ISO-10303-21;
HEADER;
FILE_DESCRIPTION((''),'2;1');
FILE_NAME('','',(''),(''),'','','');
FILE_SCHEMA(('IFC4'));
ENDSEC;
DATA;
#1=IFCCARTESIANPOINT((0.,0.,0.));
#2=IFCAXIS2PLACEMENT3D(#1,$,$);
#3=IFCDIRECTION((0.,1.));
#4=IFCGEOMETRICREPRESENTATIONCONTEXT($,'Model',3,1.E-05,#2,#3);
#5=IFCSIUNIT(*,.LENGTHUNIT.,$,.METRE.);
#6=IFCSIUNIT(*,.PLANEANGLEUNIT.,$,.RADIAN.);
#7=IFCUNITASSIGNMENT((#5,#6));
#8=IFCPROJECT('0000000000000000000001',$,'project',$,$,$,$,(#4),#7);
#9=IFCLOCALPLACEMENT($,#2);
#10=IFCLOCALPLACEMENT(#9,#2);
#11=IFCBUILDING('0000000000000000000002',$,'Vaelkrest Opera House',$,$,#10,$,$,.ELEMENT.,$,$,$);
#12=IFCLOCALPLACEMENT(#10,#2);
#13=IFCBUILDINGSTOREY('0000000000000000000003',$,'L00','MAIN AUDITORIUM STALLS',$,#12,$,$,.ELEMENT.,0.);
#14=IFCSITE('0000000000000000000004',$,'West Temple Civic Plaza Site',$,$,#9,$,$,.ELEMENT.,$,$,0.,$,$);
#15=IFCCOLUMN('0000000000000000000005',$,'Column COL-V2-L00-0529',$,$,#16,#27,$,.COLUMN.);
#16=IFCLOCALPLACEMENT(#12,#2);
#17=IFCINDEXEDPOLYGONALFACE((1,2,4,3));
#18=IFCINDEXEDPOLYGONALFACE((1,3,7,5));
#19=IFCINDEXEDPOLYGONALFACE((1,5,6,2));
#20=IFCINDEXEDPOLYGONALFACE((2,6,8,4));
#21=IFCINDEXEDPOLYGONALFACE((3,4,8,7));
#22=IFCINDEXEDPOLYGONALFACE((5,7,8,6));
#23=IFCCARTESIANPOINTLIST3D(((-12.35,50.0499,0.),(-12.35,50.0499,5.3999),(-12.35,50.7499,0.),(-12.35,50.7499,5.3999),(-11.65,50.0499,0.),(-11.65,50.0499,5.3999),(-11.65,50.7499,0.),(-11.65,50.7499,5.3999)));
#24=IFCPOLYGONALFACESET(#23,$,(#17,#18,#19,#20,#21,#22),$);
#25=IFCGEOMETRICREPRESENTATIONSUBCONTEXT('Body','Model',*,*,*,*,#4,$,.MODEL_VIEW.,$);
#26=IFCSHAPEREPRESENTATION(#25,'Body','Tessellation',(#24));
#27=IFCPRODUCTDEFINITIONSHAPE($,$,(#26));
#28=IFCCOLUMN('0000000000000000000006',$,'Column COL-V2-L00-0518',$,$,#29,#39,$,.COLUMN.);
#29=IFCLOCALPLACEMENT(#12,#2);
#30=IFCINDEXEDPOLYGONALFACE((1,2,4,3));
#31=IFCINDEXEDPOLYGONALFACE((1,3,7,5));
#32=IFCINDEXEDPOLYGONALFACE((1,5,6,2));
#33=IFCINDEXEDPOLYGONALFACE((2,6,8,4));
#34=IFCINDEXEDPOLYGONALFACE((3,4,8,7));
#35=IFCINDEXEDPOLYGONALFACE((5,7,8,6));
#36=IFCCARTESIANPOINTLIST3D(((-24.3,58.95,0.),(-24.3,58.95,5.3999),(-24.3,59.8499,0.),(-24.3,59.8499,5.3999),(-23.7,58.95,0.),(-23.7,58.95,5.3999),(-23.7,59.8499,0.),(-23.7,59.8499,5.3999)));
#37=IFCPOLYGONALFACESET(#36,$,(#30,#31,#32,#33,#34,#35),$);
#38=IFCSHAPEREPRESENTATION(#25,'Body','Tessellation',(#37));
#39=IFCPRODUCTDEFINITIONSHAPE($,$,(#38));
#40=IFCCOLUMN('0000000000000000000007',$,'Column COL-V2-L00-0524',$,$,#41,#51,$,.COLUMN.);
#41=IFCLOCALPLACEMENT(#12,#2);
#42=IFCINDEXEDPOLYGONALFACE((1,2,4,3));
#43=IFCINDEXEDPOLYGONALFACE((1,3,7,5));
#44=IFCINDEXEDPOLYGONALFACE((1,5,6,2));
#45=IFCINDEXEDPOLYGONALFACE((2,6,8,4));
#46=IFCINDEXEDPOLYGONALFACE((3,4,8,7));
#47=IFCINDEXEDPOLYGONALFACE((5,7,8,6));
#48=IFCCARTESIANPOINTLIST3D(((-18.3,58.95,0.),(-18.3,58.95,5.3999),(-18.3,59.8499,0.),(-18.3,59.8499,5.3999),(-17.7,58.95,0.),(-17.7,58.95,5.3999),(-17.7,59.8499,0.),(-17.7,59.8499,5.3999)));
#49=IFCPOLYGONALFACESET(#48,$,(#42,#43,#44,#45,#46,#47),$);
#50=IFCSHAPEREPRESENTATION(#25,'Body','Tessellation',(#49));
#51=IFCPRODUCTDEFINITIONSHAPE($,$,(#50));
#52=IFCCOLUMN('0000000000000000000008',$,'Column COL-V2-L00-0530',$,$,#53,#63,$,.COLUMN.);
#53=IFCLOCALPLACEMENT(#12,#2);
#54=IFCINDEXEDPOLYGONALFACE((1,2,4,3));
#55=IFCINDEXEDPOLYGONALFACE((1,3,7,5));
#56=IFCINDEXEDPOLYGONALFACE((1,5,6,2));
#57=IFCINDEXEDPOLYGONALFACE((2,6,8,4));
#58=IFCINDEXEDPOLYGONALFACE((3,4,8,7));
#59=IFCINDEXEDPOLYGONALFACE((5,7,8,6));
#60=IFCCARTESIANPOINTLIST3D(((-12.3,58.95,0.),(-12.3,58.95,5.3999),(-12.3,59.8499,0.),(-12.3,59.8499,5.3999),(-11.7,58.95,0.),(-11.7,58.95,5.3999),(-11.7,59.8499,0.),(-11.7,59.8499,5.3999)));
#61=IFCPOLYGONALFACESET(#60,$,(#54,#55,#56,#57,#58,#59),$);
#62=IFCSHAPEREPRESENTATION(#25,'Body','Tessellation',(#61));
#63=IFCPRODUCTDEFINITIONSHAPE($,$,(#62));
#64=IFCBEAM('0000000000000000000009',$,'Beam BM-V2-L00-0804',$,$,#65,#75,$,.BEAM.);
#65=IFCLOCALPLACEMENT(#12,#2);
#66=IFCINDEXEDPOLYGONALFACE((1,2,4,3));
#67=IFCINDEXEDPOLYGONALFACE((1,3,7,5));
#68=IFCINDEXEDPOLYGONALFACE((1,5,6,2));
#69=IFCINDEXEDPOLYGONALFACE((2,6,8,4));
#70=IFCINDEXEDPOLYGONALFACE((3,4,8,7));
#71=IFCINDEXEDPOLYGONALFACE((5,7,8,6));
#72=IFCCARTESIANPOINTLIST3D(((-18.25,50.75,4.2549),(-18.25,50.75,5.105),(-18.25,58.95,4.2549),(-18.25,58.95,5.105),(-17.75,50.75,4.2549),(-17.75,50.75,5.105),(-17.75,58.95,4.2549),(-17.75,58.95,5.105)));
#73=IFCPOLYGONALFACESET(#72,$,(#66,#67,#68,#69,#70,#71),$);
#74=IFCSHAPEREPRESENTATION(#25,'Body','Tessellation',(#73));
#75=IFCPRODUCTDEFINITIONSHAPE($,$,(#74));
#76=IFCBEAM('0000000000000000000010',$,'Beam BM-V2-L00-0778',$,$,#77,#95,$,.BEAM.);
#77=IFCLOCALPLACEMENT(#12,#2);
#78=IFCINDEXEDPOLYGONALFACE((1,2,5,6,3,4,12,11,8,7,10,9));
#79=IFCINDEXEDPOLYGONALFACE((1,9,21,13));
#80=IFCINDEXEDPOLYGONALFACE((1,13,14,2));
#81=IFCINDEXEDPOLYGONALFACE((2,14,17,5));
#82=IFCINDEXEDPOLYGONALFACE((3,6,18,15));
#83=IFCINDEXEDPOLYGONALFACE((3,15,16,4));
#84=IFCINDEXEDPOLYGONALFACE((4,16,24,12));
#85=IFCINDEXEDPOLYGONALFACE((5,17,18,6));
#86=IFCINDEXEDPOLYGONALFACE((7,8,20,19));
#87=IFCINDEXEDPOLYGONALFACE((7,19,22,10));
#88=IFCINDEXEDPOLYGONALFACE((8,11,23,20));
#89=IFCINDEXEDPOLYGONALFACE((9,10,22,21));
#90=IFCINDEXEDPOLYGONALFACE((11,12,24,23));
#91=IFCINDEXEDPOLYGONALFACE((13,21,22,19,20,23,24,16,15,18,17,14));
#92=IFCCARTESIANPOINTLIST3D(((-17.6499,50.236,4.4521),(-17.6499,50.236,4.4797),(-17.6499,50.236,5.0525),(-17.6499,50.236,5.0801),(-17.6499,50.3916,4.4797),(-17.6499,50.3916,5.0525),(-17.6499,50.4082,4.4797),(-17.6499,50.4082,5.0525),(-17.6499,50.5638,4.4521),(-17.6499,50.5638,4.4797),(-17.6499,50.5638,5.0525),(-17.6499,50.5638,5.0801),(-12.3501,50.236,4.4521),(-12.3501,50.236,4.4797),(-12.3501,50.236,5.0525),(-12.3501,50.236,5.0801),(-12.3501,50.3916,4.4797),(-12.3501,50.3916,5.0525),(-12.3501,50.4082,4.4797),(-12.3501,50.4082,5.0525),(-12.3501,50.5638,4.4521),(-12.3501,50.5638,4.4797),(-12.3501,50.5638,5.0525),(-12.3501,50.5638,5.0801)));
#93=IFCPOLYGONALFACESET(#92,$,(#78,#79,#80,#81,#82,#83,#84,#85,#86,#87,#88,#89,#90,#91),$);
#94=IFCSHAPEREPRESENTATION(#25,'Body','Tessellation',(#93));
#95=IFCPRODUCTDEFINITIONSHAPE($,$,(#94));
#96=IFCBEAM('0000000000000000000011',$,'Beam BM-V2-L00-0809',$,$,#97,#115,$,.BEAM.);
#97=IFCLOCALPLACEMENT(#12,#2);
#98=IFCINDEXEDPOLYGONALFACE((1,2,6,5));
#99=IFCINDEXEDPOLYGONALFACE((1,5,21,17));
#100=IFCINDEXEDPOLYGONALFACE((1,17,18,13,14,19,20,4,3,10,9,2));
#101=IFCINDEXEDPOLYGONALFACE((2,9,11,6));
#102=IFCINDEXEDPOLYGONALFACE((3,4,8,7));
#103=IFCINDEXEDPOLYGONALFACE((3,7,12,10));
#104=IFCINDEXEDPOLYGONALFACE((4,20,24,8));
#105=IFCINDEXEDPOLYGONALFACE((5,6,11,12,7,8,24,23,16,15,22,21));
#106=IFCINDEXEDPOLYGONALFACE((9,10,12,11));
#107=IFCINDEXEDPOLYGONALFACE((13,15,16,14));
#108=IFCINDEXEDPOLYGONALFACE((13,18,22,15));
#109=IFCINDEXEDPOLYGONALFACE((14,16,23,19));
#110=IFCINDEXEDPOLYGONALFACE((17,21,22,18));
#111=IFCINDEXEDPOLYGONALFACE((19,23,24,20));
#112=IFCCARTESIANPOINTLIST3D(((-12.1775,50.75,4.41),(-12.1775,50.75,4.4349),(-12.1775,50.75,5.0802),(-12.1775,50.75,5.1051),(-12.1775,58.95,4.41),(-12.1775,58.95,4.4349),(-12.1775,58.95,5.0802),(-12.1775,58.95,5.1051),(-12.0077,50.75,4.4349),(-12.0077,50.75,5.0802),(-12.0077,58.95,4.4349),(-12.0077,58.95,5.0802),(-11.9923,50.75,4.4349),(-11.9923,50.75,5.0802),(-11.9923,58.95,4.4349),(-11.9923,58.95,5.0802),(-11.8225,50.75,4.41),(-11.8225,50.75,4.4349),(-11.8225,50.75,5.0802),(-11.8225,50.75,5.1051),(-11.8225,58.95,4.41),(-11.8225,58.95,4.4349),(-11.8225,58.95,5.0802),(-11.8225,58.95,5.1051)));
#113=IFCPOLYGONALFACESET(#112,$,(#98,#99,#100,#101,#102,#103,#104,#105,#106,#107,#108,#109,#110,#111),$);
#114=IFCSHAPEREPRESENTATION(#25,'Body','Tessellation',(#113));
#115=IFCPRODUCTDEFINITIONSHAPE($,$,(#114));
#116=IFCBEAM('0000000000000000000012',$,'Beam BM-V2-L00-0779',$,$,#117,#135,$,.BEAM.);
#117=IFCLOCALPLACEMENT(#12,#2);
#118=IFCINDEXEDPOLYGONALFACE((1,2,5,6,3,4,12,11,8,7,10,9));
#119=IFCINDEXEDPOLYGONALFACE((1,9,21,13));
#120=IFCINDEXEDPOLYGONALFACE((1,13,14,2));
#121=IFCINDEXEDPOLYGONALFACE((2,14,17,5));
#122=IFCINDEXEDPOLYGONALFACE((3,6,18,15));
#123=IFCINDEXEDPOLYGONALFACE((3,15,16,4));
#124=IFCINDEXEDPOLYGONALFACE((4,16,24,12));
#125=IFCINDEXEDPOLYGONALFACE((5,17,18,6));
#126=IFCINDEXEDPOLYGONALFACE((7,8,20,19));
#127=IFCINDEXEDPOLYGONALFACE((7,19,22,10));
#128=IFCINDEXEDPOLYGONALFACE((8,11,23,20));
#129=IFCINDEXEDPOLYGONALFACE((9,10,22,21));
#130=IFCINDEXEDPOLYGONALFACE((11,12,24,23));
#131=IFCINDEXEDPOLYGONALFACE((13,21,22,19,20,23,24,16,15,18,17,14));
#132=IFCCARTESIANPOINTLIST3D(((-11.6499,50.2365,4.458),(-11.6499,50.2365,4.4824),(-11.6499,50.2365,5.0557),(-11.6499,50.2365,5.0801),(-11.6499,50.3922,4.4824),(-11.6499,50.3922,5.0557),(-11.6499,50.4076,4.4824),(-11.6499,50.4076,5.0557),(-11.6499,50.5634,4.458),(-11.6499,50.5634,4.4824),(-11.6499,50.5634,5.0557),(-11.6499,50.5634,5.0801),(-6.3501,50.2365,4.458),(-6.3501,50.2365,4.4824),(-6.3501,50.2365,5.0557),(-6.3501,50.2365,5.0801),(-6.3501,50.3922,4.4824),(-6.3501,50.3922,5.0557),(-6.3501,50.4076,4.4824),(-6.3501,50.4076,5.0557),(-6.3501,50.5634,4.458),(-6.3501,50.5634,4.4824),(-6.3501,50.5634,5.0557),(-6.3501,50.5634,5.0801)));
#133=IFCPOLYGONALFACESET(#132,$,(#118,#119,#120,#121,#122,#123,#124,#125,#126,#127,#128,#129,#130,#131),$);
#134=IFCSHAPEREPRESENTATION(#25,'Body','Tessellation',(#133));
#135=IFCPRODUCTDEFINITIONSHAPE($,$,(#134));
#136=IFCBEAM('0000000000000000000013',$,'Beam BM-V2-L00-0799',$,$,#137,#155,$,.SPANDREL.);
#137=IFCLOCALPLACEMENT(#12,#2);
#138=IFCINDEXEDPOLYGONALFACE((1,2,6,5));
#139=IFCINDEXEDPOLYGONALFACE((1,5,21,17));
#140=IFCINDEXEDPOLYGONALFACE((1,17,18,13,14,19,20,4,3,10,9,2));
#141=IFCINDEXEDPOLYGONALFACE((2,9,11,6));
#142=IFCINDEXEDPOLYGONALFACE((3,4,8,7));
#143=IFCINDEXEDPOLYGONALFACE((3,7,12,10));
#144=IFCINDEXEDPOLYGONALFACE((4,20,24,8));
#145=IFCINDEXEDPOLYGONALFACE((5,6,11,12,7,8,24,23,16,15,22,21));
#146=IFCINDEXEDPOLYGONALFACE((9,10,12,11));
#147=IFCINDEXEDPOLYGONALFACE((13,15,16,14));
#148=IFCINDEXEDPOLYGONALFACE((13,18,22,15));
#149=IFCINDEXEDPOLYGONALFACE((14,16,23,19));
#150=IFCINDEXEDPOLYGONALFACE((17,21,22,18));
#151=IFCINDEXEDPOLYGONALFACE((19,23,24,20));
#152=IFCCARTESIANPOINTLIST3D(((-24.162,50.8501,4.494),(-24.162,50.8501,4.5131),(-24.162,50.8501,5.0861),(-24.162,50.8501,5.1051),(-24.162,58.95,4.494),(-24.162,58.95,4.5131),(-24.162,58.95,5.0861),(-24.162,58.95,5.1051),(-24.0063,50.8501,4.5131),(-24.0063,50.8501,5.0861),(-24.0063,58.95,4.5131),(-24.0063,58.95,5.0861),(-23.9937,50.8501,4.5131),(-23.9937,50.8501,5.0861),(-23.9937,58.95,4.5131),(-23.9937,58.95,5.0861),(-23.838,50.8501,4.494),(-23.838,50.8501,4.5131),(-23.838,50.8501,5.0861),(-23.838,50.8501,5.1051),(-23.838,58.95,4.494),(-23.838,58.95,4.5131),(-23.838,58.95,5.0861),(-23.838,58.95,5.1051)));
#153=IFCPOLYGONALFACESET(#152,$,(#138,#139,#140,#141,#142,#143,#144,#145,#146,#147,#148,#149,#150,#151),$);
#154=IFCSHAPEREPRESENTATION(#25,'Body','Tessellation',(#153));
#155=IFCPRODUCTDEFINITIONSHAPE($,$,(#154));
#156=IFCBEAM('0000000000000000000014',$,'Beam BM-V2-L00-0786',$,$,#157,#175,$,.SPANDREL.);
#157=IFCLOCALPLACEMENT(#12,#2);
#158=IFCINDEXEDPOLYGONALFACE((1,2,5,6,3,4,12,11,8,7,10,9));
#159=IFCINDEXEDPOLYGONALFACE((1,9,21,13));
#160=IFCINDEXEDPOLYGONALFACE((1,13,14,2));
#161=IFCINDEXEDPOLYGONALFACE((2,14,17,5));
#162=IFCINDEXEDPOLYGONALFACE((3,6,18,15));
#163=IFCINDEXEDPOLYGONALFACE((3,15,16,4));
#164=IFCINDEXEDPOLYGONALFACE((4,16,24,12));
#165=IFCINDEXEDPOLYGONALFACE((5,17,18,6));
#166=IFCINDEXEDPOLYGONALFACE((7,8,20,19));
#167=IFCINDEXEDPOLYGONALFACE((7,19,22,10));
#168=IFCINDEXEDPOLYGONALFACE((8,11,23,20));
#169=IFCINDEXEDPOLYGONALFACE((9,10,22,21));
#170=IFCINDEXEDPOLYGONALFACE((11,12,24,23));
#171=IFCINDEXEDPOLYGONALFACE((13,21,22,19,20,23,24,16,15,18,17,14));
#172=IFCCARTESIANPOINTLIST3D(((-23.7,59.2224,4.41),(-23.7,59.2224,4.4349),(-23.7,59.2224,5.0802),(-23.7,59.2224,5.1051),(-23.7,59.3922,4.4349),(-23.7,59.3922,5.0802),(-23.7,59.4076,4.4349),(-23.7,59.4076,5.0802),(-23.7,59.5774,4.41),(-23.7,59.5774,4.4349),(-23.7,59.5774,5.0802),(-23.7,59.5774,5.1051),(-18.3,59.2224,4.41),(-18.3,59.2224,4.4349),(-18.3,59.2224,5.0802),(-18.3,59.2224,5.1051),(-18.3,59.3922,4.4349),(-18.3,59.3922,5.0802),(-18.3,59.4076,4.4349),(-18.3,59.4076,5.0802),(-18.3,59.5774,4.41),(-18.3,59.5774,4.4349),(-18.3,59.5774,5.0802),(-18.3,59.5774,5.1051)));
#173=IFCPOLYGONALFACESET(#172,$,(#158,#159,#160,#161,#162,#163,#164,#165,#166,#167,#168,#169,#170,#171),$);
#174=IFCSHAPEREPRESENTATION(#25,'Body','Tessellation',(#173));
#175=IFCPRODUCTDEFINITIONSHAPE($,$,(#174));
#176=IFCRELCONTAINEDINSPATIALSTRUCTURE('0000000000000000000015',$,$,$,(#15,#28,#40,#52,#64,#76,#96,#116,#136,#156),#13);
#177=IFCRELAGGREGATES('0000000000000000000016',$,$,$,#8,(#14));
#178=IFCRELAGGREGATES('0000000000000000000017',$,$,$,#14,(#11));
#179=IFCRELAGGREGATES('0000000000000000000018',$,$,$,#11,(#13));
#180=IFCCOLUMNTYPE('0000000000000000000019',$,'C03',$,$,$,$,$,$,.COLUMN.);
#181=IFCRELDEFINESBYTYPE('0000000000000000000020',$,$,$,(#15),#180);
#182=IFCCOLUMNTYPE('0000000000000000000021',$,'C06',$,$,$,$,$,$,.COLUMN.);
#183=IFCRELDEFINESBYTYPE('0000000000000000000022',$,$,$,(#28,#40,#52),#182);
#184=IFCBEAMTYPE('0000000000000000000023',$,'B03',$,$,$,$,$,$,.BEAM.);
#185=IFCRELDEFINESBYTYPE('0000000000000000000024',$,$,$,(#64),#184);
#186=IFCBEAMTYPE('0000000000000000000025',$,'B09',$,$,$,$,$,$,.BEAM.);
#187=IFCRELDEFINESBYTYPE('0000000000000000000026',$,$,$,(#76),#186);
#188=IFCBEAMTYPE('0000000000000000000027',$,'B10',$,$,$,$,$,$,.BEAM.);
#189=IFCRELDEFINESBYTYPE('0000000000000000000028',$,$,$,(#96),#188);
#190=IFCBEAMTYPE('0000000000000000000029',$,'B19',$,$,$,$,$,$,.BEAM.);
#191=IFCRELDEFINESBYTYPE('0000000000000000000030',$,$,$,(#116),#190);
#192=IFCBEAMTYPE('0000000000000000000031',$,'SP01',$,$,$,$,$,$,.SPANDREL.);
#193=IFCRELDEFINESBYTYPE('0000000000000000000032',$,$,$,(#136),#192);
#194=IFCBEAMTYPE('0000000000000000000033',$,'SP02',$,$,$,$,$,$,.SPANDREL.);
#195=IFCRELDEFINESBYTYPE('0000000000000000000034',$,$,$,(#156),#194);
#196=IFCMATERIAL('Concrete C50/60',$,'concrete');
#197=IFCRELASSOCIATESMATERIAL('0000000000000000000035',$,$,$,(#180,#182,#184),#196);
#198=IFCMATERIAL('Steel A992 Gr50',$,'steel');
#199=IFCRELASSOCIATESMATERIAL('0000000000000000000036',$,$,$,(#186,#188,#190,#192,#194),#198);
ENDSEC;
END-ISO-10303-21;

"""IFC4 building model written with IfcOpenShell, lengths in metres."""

from ifc_helpers import new_model, si_unit, direction, frame, origin, origin_2d, place, context, subcontext, project, spatial, rectangle, i_section, extrude, material, material_profile, profile_set, type_object, element, save


model = new_model("IFC4")

# Units and contexts
model_context = context("Model", 3, precision=1e-05, world=origin(), true_north=direction((0.0, 1.0)))
body_context = subcontext(model_context, "Body", "Model", "MODEL_VIEW")
ifc_project = project(units=[si_unit("LENGTHUNIT", "METRE"), si_unit("PLANEANGLEUNIT", "RADIAN")], contexts=[model_context])

# Site, building, storey
site_placement = place(None, origin())
site = spatial("IfcSite", under=ifc_project, at=site_placement, Name="West Temple Civic Plaza Site", CompositionType="ELEMENT", RefElevation=0.0)
building_placement = place(site_placement, origin())
building = spatial("IfcBuilding", under=site, at=building_placement, Name="Vaelkrest Opera House", CompositionType="ELEMENT")
storey_placement = place(building_placement, origin())
storey = spatial("IfcBuildingStorey", under=building, at=storey_placement, Name="L00", Description="MAIN AUDITORIUM STALLS", CompositionType="ELEMENT", Elevation=0.0)

# Columns
ifc_material_1 = material(Name="Concrete C50/60", Category="concrete")
ifc_material_profile_1 = material_profile(ifc_material_1, rectangle(XDim=0.7, YDim=0.7, at=origin_2d()), Name="RC700X700")
ifc_profile_set_1 = profile_set([ifc_material_profile_1], Name="Concrete C50/60")
column_type_1 = type_object("IfcColumnType", Name="C03", PredefinedType="COLUMN", material=ifc_profile_set_1)
column_placement = place(storey_placement, frame((-12.0, 50.3999, 0.0), z_axis=(0.0, 0.0, 1.0), x_axis=(1.0, 0.0, 0.0)))
element("IfcColumn", 1, at=column_placement, inside=storey, type_object=column_type_1, Name="Column COL-V2-L00-0529", PredefinedType="COLUMN", context=body_context, shape_type="SweptSolid", body=[
    extrude(rectangle(XDim=0.7, YDim=0.7, at=origin_2d()), origin(), (0.0, 0.0, 1.0), 5.3999),
])
ifc_material_profile_2 = material_profile(ifc_material_1, rectangle(XDim=0.6001, YDim=0.8999, at=origin_2d()), Name="RC600X900")
ifc_profile_set_2 = profile_set([ifc_material_profile_2], Name="Concrete C50/60")
column_type_2 = type_object("IfcColumnType", Name="C06", PredefinedType="COLUMN", material=ifc_profile_set_2)
for number, where, z_axis, x_axis, name in (
    (2, (-24.0, 59.3999, 0.0), (0.0, 0.0, 1.0), (1.0, 0.0, 0.0), "Column COL-V2-L00-0518"),
    (3, (-18.0, 59.3999, 0.0), (0.0, 0.0, 1.0), (1.0, 0.0, 0.0), "Column COL-V2-L00-0524"),
    (4, (-12.0, 59.3999, 0.0), (0.0, 0.0, 1.0), (1.0, 0.0, 0.0), "Column COL-V2-L00-0530"),
):
    element("IfcColumn", number, at=place(storey_placement, frame(where, z_axis=z_axis, x_axis=x_axis)), inside=storey, type_object=column_type_2, Name=name, PredefinedType="COLUMN", context=body_context, shape_type="SweptSolid", body=[
        extrude(rectangle(XDim=0.6001, YDim=0.8999, at=origin_2d()), origin(), (0.0, 0.0, 1.0), 5.3999),
    ])

# Beams
ifc_material_profile_3 = material_profile(ifc_material_1, rectangle(XDim=0.5, YDim=0.8501, at=origin_2d()), Name="RCB500X850")
ifc_profile_set_3 = profile_set([ifc_material_profile_3], Name="Concrete C50/60")
beam_type_1 = type_object("IfcBeamType", Name="B03", PredefinedType="BEAM", material=ifc_profile_set_3)
beam_1_placement = place(storey_placement, frame((-18.0, 50.75, 4.6799), z_axis=(0.0, 1.0, 0.0), x_axis=(-1.0, 0.0, 0.0)))
element("IfcBeam", 5, at=beam_1_placement, inside=storey, type_object=beam_type_1, Name="Beam BM-V2-L00-0804", PredefinedType="BEAM", context=body_context, shape_type="SweptSolid", body=[
    extrude(rectangle(XDim=0.5, YDim=0.8501, at=origin_2d()), origin(), (0.0, 0.0, 1.0), 8.2),
])
ifc_material_2 = material(Name="Steel A992 Gr50", Category="steel")
ifc_material_profile_4 = material_profile(ifc_material_2, i_section(OverallWidth=0.3279, OverallDepth=0.6279, WebThickness=0.0166, FlangeThickness=0.0276, at=origin_2d()), Name="W24X146")
ifc_profile_set_4 = profile_set([ifc_material_profile_4], Name="Steel A992 Gr50")
beam_type_2 = type_object("IfcBeamType", Name="B09", PredefinedType="BEAM", material=ifc_profile_set_4)
beam_2_placement = place(storey_placement, frame((-17.6499, 50.3999, 4.7661), z_axis=(1.0, 0.0, 0.0), x_axis=(0.0, 1.0, 0.0)))
element("IfcBeam", 6, at=beam_2_placement, inside=storey, type_object=beam_type_2, Name="Beam BM-V2-L00-0778", PredefinedType="BEAM", context=body_context, shape_type="SweptSolid", body=[
    extrude(i_section(OverallWidth=0.3279, OverallDepth=0.6279, WebThickness=0.0166, FlangeThickness=0.0276, at=origin_2d()), origin(), (0.0, 0.0, 1.0), 5.2998),
])
ifc_material_profile_5 = material_profile(ifc_material_2, i_section(OverallWidth=0.355, OverallDepth=0.6951, WebThickness=0.0154, FlangeThickness=0.0249, at=origin_2d()), Name="W27X146")
ifc_profile_set_5 = profile_set([ifc_material_profile_5], Name="Steel A992 Gr50")
beam_type_3 = type_object("IfcBeamType", Name="B10", PredefinedType="BEAM", material=ifc_profile_set_5)
beam_3_placement = place(storey_placement, frame((-12.0, 50.75, 4.7576), z_axis=(0.0, 1.0, 0.0), x_axis=(-1.0, 0.0, 0.0)))
element("IfcBeam", 7, at=beam_3_placement, inside=storey, type_object=beam_type_3, Name="Beam BM-V2-L00-0809", PredefinedType="BEAM", context=body_context, shape_type="SweptSolid", body=[
    extrude(i_section(OverallWidth=0.355, OverallDepth=0.6951, WebThickness=0.0154, FlangeThickness=0.0249, at=origin_2d()), origin(), (0.0, 0.0, 1.0), 8.2),
])
ifc_material_profile_6 = material_profile(ifc_material_2, i_section(OverallWidth=0.3269, OverallDepth=0.6221, WebThickness=0.0154, FlangeThickness=0.0244, at=origin_2d()), Name="W24X131")
ifc_profile_set_6 = profile_set([ifc_material_profile_6], Name="Steel A992 Gr50")
beam_type_4 = type_object("IfcBeamType", Name="B19", PredefinedType="BEAM", material=ifc_profile_set_6)
beam_4_placement = place(storey_placement, frame((-11.6499, 50.3999, 4.769), z_axis=(1.0, 0.0, 0.0), x_axis=(0.0, 1.0, 0.0)))
element("IfcBeam", 8, at=beam_4_placement, inside=storey, type_object=beam_type_4, Name="Beam BM-V2-L00-0779", PredefinedType="BEAM", context=body_context, shape_type="SweptSolid", body=[
    extrude(i_section(OverallWidth=0.3269, OverallDepth=0.6221, WebThickness=0.0154, FlangeThickness=0.0244, at=origin_2d()), origin(), (0.0, 0.0, 1.0), 5.2998),
])
ifc_material_profile_7 = material_profile(ifc_material_2, i_section(OverallWidth=0.324, OverallDepth=0.6111, WebThickness=0.0127, FlangeThickness=0.019, at=origin_2d()), Name="W24X104")
ifc_profile_set_7 = profile_set([ifc_material_profile_7], Name="Steel A992 Gr50")
beam_type_5 = type_object("IfcBeamType", Name="SP01", PredefinedType="SPANDREL", material=ifc_profile_set_7)
beam_5_placement = place(storey_placement, frame((-24.0, 50.8501, 4.7996), z_axis=(0.0, 1.0, 0.0), x_axis=(-1.0, 0.0, 0.0)))
element("IfcBeam", 9, at=beam_5_placement, inside=storey, type_object=beam_type_5, Name="Beam BM-V2-L00-0799", PredefinedType="SPANDREL", context=body_context, shape_type="SweptSolid", body=[
    extrude(i_section(OverallWidth=0.324, OverallDepth=0.6111, WebThickness=0.0127, FlangeThickness=0.019, at=origin_2d()), origin(), (0.0, 0.0, 1.0), 8.0999),
])
ifc_material_profile_8 = material_profile(ifc_material_2, i_section(OverallWidth=0.355, OverallDepth=0.6951, WebThickness=0.0154, FlangeThickness=0.0249, at=origin_2d()), Name="W27X146")
ifc_profile_set_8 = profile_set([ifc_material_profile_8], Name="Steel A992 Gr50")
beam_type_6 = type_object("IfcBeamType", Name="SP02", PredefinedType="SPANDREL", material=ifc_profile_set_8)
for number, where, z_axis, x_axis, name in (
    (10, (-23.7, 59.3999, 4.7576), (1.0, 0.0, 0.0), (0.0, 1.0, 0.0), "Beam BM-V2-L00-0786"),
):
    element("IfcBeam", number, at=place(storey_placement, frame(where, z_axis=z_axis, x_axis=x_axis)), inside=storey, type_object=beam_type_6, Name=name, PredefinedType="SPANDREL", context=body_context, shape_type="SweptSolid", body=[
        extrude(i_section(OverallWidth=0.355, OverallDepth=0.6951, WebThickness=0.0154, FlangeThickness=0.0249, at=origin_2d()), origin(), (0.0, 0.0, 1.0), 5.3999),
    ])

save(model, "model.ifc")
